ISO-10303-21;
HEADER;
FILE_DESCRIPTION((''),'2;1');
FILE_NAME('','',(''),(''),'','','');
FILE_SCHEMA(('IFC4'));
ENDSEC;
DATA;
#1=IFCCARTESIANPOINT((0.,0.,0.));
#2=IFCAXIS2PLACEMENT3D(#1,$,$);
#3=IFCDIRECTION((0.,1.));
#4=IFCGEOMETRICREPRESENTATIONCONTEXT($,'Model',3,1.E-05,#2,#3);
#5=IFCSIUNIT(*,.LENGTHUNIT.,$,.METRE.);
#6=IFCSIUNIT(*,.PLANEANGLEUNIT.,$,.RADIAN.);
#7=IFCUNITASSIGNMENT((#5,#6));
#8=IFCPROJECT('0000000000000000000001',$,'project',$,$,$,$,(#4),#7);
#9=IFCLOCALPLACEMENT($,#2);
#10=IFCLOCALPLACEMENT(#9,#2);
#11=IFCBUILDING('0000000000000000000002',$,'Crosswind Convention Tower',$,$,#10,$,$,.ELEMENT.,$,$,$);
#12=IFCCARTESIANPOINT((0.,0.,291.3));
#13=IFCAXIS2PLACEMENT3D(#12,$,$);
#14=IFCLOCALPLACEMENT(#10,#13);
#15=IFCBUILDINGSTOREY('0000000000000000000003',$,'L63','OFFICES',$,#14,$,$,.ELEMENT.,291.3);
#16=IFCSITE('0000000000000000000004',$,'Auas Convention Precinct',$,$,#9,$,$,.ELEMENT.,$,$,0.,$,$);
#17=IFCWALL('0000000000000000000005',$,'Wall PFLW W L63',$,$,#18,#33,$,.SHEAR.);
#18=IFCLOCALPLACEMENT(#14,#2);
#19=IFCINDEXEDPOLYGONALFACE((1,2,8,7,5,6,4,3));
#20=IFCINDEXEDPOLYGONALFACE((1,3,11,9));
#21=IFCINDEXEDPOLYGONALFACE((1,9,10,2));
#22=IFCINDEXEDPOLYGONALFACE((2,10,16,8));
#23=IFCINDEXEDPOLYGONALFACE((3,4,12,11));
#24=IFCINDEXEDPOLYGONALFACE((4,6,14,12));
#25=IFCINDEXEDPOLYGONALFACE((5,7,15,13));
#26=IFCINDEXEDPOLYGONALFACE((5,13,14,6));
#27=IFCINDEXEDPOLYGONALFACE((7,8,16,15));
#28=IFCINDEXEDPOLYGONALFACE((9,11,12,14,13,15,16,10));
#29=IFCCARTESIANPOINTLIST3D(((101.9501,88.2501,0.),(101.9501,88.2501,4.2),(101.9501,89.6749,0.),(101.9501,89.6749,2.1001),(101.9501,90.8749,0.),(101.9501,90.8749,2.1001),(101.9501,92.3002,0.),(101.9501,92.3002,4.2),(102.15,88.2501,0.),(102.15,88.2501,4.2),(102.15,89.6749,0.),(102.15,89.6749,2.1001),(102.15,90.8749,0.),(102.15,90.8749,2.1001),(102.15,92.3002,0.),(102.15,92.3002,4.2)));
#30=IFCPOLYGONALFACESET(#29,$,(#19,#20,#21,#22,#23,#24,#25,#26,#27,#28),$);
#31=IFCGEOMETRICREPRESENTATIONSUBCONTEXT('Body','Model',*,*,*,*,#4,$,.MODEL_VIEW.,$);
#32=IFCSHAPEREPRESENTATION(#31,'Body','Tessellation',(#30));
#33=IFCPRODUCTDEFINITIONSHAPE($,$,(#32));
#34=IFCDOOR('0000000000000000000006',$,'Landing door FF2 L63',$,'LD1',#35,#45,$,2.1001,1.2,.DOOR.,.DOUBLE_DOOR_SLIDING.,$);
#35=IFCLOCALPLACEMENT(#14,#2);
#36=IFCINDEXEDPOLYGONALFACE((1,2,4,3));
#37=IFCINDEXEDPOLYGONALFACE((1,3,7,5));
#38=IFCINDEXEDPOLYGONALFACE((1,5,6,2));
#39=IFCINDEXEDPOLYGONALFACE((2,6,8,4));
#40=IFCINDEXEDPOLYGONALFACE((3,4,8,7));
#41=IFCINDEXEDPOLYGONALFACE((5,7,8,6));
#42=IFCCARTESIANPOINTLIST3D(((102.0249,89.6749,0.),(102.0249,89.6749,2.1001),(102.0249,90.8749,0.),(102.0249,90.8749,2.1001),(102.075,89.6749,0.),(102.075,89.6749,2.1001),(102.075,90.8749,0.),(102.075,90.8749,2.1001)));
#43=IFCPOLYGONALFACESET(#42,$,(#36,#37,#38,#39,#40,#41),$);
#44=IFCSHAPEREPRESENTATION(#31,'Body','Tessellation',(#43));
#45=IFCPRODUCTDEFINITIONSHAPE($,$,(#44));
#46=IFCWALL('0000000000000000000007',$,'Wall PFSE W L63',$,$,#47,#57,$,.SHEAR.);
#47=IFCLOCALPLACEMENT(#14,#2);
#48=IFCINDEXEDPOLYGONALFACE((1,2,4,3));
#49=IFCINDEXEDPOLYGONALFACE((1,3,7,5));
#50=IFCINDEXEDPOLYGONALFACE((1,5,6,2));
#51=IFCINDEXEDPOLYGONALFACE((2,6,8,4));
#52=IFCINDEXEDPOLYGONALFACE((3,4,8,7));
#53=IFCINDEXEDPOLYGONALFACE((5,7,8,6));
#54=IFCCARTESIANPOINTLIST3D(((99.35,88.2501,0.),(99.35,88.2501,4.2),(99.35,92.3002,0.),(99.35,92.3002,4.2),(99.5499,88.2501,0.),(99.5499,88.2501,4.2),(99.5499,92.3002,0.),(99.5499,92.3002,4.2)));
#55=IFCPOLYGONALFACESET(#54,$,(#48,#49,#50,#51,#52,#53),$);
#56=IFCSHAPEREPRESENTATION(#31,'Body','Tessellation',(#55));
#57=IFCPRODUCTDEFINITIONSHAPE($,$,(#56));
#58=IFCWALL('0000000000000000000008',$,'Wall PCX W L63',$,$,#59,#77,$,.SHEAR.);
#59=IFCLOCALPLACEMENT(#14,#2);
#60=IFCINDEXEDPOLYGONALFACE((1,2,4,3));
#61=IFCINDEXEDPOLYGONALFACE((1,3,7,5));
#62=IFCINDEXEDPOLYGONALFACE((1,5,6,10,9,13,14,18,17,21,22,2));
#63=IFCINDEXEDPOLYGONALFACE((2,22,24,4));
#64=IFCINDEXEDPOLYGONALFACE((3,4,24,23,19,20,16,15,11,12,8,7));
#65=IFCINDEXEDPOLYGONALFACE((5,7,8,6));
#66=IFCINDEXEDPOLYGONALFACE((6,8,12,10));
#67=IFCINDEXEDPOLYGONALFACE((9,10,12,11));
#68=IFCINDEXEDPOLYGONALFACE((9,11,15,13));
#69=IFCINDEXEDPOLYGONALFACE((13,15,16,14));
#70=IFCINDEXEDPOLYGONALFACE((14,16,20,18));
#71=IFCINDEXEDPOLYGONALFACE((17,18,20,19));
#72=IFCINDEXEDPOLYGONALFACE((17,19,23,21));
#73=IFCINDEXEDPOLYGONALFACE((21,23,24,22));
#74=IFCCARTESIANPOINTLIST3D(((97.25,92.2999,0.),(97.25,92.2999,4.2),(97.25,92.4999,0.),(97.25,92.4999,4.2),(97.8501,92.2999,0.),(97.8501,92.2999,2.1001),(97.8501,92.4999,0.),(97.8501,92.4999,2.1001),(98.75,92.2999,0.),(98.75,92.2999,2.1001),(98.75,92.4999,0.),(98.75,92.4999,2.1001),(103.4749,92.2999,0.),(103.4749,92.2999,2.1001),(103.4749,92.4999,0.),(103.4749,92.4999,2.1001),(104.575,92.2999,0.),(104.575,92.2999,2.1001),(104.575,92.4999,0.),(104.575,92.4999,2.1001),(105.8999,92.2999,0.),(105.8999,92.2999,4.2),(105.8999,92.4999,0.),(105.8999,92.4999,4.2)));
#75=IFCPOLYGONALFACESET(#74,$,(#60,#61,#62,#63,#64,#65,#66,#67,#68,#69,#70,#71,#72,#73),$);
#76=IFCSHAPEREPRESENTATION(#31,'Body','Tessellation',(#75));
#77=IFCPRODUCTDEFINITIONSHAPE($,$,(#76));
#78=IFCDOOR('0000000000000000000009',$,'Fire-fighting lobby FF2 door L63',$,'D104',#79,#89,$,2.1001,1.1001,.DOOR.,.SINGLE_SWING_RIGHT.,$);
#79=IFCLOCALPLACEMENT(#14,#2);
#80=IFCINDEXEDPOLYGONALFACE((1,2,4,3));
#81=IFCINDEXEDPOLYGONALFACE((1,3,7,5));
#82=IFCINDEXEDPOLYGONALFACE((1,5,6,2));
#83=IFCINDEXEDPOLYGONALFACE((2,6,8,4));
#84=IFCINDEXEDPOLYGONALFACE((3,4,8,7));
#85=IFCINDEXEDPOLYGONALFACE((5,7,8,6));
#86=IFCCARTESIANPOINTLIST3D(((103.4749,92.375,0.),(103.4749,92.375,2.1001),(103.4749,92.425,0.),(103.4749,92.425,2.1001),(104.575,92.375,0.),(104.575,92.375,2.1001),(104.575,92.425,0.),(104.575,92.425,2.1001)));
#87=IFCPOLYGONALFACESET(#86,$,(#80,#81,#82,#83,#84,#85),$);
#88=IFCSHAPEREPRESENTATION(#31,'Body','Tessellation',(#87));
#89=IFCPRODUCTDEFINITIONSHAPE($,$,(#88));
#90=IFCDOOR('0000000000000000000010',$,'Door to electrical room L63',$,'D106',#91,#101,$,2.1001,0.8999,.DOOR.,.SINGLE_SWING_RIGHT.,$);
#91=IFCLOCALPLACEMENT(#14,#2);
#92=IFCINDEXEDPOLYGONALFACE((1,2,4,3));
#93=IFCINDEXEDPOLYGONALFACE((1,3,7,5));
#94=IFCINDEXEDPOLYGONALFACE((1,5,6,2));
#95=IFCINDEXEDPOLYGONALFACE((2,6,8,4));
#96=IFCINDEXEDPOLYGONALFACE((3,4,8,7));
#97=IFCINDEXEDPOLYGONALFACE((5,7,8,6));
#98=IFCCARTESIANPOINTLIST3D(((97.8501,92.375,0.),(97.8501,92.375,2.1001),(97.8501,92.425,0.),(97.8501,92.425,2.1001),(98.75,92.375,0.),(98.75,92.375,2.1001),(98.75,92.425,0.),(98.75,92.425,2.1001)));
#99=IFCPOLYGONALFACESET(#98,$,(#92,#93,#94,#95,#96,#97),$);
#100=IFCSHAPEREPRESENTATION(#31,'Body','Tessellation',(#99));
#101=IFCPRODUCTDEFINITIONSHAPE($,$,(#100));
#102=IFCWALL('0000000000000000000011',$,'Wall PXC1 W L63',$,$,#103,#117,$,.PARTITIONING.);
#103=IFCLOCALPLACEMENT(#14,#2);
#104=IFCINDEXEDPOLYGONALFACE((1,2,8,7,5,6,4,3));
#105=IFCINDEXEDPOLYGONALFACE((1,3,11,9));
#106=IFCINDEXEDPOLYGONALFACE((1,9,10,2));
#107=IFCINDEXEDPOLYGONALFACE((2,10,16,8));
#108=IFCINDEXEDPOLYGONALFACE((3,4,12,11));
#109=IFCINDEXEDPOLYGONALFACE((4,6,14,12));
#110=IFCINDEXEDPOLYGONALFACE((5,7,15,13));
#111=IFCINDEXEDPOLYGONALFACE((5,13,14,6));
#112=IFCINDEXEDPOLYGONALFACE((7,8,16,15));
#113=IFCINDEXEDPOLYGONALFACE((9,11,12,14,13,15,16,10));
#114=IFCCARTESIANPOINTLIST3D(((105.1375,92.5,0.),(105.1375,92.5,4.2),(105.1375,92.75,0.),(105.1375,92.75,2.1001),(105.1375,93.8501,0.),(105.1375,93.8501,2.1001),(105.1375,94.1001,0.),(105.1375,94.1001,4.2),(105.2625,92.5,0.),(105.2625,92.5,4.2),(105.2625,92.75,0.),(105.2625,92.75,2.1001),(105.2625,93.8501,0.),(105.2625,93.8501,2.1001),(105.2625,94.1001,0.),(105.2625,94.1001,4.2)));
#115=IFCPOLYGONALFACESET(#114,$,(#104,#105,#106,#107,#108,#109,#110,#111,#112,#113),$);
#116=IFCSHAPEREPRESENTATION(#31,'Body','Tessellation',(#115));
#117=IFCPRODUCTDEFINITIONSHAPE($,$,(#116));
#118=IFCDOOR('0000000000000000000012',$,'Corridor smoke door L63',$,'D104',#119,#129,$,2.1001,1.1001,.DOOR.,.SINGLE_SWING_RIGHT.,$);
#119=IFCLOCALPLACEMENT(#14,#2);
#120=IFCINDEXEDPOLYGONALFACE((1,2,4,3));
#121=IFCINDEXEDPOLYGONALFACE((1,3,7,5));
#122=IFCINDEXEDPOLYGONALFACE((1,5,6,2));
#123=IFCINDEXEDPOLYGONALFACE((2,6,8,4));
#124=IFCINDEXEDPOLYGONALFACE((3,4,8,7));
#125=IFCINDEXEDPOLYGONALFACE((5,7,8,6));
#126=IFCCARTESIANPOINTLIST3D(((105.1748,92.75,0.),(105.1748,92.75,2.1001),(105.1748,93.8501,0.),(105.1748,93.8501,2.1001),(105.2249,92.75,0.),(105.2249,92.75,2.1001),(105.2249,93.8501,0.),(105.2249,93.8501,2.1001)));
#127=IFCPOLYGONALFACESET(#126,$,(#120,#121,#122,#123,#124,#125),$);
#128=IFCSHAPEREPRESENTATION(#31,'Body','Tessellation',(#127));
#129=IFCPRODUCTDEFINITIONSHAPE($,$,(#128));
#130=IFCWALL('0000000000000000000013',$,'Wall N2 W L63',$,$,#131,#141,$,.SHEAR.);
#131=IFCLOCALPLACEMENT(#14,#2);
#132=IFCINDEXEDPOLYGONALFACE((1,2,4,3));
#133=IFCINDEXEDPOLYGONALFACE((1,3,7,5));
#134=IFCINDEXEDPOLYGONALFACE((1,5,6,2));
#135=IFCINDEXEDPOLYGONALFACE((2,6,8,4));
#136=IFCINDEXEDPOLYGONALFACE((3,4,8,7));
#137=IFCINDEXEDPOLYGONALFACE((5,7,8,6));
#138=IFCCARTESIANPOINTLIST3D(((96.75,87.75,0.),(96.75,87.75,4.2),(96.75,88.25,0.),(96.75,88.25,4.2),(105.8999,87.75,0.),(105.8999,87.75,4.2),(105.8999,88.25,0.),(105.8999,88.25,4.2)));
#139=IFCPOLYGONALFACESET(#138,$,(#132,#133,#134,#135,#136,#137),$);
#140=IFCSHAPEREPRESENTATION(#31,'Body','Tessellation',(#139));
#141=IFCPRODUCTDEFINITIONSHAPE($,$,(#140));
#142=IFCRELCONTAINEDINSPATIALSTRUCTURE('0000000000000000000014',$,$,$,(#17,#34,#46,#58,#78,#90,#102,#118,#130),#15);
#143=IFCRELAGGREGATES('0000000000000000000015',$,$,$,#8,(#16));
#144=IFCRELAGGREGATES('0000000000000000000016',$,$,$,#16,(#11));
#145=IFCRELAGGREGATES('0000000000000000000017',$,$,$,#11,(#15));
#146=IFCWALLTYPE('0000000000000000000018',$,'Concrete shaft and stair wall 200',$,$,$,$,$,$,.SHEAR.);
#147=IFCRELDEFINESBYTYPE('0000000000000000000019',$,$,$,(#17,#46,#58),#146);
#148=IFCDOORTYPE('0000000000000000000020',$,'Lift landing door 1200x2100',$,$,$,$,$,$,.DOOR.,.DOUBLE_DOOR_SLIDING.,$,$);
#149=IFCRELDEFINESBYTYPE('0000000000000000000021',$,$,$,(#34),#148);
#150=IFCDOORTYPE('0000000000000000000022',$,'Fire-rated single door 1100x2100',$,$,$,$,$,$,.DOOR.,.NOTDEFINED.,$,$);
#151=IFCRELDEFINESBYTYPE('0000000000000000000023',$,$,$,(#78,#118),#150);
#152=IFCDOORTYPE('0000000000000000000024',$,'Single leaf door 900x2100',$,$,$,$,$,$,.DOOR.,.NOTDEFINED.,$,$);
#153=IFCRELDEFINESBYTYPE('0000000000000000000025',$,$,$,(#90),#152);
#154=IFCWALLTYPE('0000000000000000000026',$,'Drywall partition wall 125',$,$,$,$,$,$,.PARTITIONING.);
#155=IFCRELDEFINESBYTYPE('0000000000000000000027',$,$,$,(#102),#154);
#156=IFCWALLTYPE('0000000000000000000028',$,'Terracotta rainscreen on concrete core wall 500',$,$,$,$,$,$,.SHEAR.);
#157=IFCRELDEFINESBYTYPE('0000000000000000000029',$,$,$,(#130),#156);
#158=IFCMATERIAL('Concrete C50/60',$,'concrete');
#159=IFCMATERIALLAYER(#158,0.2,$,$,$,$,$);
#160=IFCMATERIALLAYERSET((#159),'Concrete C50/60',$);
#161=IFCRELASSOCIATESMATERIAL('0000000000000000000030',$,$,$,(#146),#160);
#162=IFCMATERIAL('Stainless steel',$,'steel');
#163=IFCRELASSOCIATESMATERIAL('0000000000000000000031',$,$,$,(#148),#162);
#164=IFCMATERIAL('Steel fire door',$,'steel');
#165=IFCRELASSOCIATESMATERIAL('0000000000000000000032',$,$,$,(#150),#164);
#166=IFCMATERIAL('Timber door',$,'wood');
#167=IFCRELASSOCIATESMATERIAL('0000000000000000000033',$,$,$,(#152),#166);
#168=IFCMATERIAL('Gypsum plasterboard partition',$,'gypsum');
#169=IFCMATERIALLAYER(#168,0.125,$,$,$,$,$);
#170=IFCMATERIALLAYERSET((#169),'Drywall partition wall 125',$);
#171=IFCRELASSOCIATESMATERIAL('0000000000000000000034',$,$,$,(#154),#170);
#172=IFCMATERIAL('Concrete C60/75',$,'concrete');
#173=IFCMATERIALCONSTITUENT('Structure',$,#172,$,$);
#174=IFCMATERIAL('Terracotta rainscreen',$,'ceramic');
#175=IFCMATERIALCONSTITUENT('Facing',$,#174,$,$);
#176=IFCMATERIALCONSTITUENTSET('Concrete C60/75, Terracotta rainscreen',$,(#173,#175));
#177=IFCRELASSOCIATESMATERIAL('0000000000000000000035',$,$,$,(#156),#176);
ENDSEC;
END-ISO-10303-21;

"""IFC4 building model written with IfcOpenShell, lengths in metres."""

from ifc_helpers import new_model, si_unit, direction, frame, frame_2d, origin, place, context, subcontext, project, spatial, rectangle, extrude, material, layer, layer_set, constituent, constituent_set, type_object, element, fill, save


model = new_model("IFC4")

# Units and contexts
model_context = context("Model", 3, precision=1e-05, world=origin(), true_north=direction((0.0, 1.0)))
body_context = subcontext(model_context, "Body", "Model", "MODEL_VIEW")
ifc_project = project(units=[si_unit("LENGTHUNIT", "METRE"), si_unit("PLANEANGLEUNIT", "RADIAN")], contexts=[model_context])

# Site, building, storey
site_placement = place(None, origin())
site = spatial("IfcSite", under=ifc_project, at=site_placement, Name="Auas Convention Precinct", CompositionType="ELEMENT", RefElevation=0.0)
building_placement = place(site_placement, origin())
building = spatial("IfcBuilding", under=site, at=building_placement, Name="Crosswind Convention Tower", CompositionType="ELEMENT")
storey_placement = place(building_placement, frame((0.0, 0.0, 291.3)))
storey = spatial("IfcBuildingStorey", under=building, at=storey_placement, Name="L63", Description="OFFICES", CompositionType="ELEMENT", Elevation=291.3)

# Shared definitions
ifc_material_1 = material(Name="Concrete C50/60", Category="concrete")
ifc_layer_1 = layer(ifc_material_1, 0.2)
ifc_layer_set_1 = layer_set([ifc_layer_1], Name="Concrete C50/60")
wall_type_1 = type_object("IfcWallType", Name="Concrete shaft and stair wall 200", PredefinedType="SHEAR", material=ifc_layer_set_1)

# Wall, opening, door
wall_1_placement = place(storey_placement, frame((102.05, 92.3, 0.0), z_axis=(0.0, 0.0, 1.0), x_axis=(0.0, -1.0, 0.0)))
wall_1 = element("IfcWall", 1, at=wall_1_placement, inside=storey, type_object=wall_type_1, Name="Wall PFLW W L63", PredefinedType="SHEAR", context=body_context, shape_type="SweptSolid", body=[
    extrude(rectangle(XDim=4.05, YDim=0.2, at=frame_2d((2.0249, 0.0))), origin(), (0.0, 0.0, 1.0), 4.2),
])
opening_1_placement = place(wall_1_placement, frame((1.425, 0.0, 0.0)))
opening_1 = element("IfcOpeningElement", 2, at=opening_1_placement, cuts=wall_1, PredefinedType="OPENING", context=body_context, shape_type="SweptSolid", body=[
    extrude(rectangle(XDim=1.2, YDim=2.1001, at=frame_2d((0.6001, 1.05))), frame((0.0, 0.1099, 0.0), z_axis=(0.0, -1.0, 0.0), x_axis=(1.0, 0.0, 0.0)), (0.0, 0.0, 1.0), 0.22),
])
ifc_material_2 = material(Name="Stainless steel", Category="steel")
door_type_1 = type_object("IfcDoorType", Name="Lift landing door 1200x2100", OperationType="DOUBLE_DOOR_SLIDING", PredefinedType="DOOR", material=ifc_material_2)
door_1_placement = place(opening_1_placement, origin())
door_1 = element("IfcDoor", 3, at=door_1_placement, inside=storey, type_object=door_type_1, Name="Landing door FF2 L63", ObjectType="LD1", OperationType="DOUBLE_DOOR_SLIDING", OverallHeight=2.1001, OverallWidth=1.2, PredefinedType="DOOR", context=body_context, shape_type="SweptSolid", body=[
    extrude(rectangle(XDim=1.2, YDim=2.1001, at=frame_2d((0.6001, 1.05))), frame((0.0, 0.0249, 0.0), z_axis=(0.0, -1.0, 0.0), x_axis=(1.0, 0.0, 0.0)), (0.0, 0.0, 1.0), 0.05),
])
fill(opening_1, door_1)

# Wall
wall_2_placement = place(storey_placement, frame((99.45, 92.3, 0.0), z_axis=(0.0, 0.0, 1.0), x_axis=(0.0, -1.0, 0.0)))
element("IfcWall", 4, at=wall_2_placement, inside=storey, type_object=wall_type_1, Name="Wall PFSE W L63", PredefinedType="SHEAR", context=body_context, shape_type="SweptSolid", body=[
    extrude(rectangle(XDim=4.05, YDim=0.2, at=frame_2d((2.0249, 0.0))), origin(), (0.0, 0.0, 1.0), 4.2),
])

# Wall, openings, doors
wall_3_placement = place(storey_placement, frame((105.8999, 92.3999, 0.0), z_axis=(0.0, 0.0, 1.0), x_axis=(-1.0, 0.0, 0.0)))
wall_3 = element("IfcWall", 5, at=wall_3_placement, inside=storey, type_object=wall_type_1, Name="Wall PCX W L63", PredefinedType="SHEAR", context=body_context, shape_type="SweptSolid", body=[
    extrude(rectangle(XDim=8.6499, YDim=0.2, at=frame_2d((4.325, 0.0))), origin(), (0.0, 0.0, 1.0), 4.2),
])
opening_2_placement = place(wall_3_placement, frame((1.325, 0.0, 0.0)))
opening_2 = element("IfcOpeningElement", 6, at=opening_2_placement, cuts=wall_3, PredefinedType="OPENING", context=body_context, shape_type="SweptSolid", body=[
    extrude(rectangle(XDim=1.1001, YDim=2.1001, at=frame_2d((0.55, 1.05))), frame((0.0, 0.1099, 0.0), z_axis=(0.0, -1.0, 0.0), x_axis=(1.0, 0.0, 0.0)), (0.0, 0.0, 1.0), 0.22),
])
opening_3_placement = place(wall_3_placement, frame((7.1499, 0.0, 0.0)))
opening_3 = element("IfcOpeningElement", 7, at=opening_3_placement, cuts=wall_3, PredefinedType="OPENING", context=body_context, shape_type="SweptSolid", body=[
    extrude(rectangle(XDim=0.8999, YDim=2.1001, at=frame_2d((0.45, 1.05))), frame((0.0, 0.1099, 0.0), z_axis=(0.0, -1.0, 0.0), x_axis=(1.0, 0.0, 0.0)), (0.0, 0.0, 1.0), 0.22),
])
ifc_material_3 = material(Name="Steel fire door", Category="steel")
door_type_2 = type_object("IfcDoorType", Name="Fire-rated single door 1100x2100", OperationType="NOTDEFINED", PredefinedType="DOOR", material=ifc_material_3)
door_2_placement = place(opening_2_placement, origin())
door_2 = element("IfcDoor", 8, at=door_2_placement, inside=storey, type_object=door_type_2, Name="Fire-fighting lobby FF2 door L63", ObjectType="D104", OperationType="SINGLE_SWING_RIGHT", OverallHeight=2.1001, OverallWidth=1.1001, PredefinedType="DOOR", context=body_context, shape_type="SweptSolid", body=[
    extrude(rectangle(XDim=1.1001, YDim=2.1001, at=frame_2d((0.55, 1.05))), frame((0.0, 0.0249, 0.0), z_axis=(0.0, -1.0, 0.0), x_axis=(1.0, 0.0, 0.0)), (0.0, 0.0, 1.0), 0.05),
])
fill(opening_2, door_2)
ifc_material_4 = material(Name="Timber door", Category="wood")
door_type_3 = type_object("IfcDoorType", Name="Single leaf door 900x2100", OperationType="NOTDEFINED", PredefinedType="DOOR", material=ifc_material_4)
door_3_placement = place(opening_3_placement, origin())
door_3 = element("IfcDoor", 9, at=door_3_placement, inside=storey, type_object=door_type_3, Name="Door to electrical room L63", ObjectType="D106", OperationType="SINGLE_SWING_RIGHT", OverallHeight=2.1001, OverallWidth=0.8999, PredefinedType="DOOR", context=body_context, shape_type="SweptSolid", body=[
    extrude(rectangle(XDim=0.8999, YDim=2.1001, at=frame_2d((0.45, 1.05))), frame((0.0, 0.0249, 0.0), z_axis=(0.0, -1.0, 0.0), x_axis=(1.0, 0.0, 0.0)), (0.0, 0.0, 1.0), 0.05),
])
fill(opening_3, door_3)

# Wall, opening, door
ifc_material_5 = material(Name="Gypsum plasterboard partition", Category="gypsum")
ifc_layer_2 = layer(ifc_material_5, 0.125)
ifc_layer_set_2 = layer_set([ifc_layer_2], Name="Drywall partition wall 125")
wall_type_2 = type_object("IfcWallType", Name="Drywall partition wall 125", PredefinedType="PARTITIONING", material=ifc_layer_set_2)
wall_4_placement = place(storey_placement, frame((105.2, 94.1001, 0.0), z_axis=(0.0, 0.0, 1.0), x_axis=(0.0, -1.0, 0.0)))
wall_4 = element("IfcWall", 10, at=wall_4_placement, inside=storey, type_object=wall_type_2, Name="Wall PXC1 W L63", PredefinedType="PARTITIONING", context=body_context, shape_type="SweptSolid", body=[
    extrude(rectangle(XDim=1.6001, YDim=0.125, at=frame_2d((0.8, 0.0))), origin(), (0.0, 0.0, 1.0), 4.2),
])
opening_4_placement = place(wall_4_placement, frame((0.25, 0.0, 0.0)))
opening_4 = element("IfcOpeningElement", 11, at=opening_4_placement, cuts=wall_4, PredefinedType="OPENING", context=body_context, shape_type="SweptSolid", body=[
    extrude(rectangle(XDim=1.1001, YDim=2.1001, at=frame_2d((0.55, 1.05))), frame((0.0, 0.0725, 0.0), z_axis=(0.0, -1.0, 0.0), x_axis=(1.0, 0.0, 0.0)), (0.0, 0.0, 1.0), 0.145),
])
door_4_placement = place(opening_4_placement, origin())
door_4 = element("IfcDoor", 12, at=door_4_placement, inside=storey, type_object=door_type_2, Name="Corridor smoke door L63", ObjectType="D104", OperationType="SINGLE_SWING_RIGHT", OverallHeight=2.1001, OverallWidth=1.1001, PredefinedType="DOOR", context=body_context, shape_type="SweptSolid", body=[
    extrude(rectangle(XDim=1.1001, YDim=2.1001, at=frame_2d((0.55, 1.05))), frame((0.0, 0.0249, 0.0), z_axis=(0.0, -1.0, 0.0), x_axis=(1.0, 0.0, 0.0)), (0.0, 0.0, 1.0), 0.05),
])
fill(opening_4, door_4)

# Wall
ifc_material_6 = material(Name="Concrete C60/75", Category="concrete")
ifc_constituent_1 = constituent(ifc_material_6, Name="Structure")
ifc_material_7 = material(Name="Terracotta rainscreen", Category="ceramic")
ifc_constituent_2 = constituent(ifc_material_7, Name="Facing")
ifc_constituent_set = constituent_set(constituents=[ifc_constituent_1, ifc_constituent_2], Name="Concrete C60/75, Terracotta rainscreen")
wall_type_3 = type_object("IfcWallType", Name="Terracotta rainscreen on concrete core wall 500", PredefinedType="SHEAR", material=ifc_constituent_set)
wall_5_placement = place(storey_placement, frame((105.8999, 88.0, 0.0), z_axis=(0.0, 0.0, 1.0), x_axis=(-1.0, 0.0, 0.0)))
element("IfcWall", 13, at=wall_5_placement, inside=storey, type_object=wall_type_3, Name="Wall N2 W L63", PredefinedType="SHEAR", context=body_context, shape_type="SweptSolid", body=[
    extrude(rectangle(XDim=9.1499, YDim=0.5, at=frame_2d((4.575, 0.0))), origin(), (0.0, 0.0, 1.0), 4.2),
])

save(model, "model.ifc")
